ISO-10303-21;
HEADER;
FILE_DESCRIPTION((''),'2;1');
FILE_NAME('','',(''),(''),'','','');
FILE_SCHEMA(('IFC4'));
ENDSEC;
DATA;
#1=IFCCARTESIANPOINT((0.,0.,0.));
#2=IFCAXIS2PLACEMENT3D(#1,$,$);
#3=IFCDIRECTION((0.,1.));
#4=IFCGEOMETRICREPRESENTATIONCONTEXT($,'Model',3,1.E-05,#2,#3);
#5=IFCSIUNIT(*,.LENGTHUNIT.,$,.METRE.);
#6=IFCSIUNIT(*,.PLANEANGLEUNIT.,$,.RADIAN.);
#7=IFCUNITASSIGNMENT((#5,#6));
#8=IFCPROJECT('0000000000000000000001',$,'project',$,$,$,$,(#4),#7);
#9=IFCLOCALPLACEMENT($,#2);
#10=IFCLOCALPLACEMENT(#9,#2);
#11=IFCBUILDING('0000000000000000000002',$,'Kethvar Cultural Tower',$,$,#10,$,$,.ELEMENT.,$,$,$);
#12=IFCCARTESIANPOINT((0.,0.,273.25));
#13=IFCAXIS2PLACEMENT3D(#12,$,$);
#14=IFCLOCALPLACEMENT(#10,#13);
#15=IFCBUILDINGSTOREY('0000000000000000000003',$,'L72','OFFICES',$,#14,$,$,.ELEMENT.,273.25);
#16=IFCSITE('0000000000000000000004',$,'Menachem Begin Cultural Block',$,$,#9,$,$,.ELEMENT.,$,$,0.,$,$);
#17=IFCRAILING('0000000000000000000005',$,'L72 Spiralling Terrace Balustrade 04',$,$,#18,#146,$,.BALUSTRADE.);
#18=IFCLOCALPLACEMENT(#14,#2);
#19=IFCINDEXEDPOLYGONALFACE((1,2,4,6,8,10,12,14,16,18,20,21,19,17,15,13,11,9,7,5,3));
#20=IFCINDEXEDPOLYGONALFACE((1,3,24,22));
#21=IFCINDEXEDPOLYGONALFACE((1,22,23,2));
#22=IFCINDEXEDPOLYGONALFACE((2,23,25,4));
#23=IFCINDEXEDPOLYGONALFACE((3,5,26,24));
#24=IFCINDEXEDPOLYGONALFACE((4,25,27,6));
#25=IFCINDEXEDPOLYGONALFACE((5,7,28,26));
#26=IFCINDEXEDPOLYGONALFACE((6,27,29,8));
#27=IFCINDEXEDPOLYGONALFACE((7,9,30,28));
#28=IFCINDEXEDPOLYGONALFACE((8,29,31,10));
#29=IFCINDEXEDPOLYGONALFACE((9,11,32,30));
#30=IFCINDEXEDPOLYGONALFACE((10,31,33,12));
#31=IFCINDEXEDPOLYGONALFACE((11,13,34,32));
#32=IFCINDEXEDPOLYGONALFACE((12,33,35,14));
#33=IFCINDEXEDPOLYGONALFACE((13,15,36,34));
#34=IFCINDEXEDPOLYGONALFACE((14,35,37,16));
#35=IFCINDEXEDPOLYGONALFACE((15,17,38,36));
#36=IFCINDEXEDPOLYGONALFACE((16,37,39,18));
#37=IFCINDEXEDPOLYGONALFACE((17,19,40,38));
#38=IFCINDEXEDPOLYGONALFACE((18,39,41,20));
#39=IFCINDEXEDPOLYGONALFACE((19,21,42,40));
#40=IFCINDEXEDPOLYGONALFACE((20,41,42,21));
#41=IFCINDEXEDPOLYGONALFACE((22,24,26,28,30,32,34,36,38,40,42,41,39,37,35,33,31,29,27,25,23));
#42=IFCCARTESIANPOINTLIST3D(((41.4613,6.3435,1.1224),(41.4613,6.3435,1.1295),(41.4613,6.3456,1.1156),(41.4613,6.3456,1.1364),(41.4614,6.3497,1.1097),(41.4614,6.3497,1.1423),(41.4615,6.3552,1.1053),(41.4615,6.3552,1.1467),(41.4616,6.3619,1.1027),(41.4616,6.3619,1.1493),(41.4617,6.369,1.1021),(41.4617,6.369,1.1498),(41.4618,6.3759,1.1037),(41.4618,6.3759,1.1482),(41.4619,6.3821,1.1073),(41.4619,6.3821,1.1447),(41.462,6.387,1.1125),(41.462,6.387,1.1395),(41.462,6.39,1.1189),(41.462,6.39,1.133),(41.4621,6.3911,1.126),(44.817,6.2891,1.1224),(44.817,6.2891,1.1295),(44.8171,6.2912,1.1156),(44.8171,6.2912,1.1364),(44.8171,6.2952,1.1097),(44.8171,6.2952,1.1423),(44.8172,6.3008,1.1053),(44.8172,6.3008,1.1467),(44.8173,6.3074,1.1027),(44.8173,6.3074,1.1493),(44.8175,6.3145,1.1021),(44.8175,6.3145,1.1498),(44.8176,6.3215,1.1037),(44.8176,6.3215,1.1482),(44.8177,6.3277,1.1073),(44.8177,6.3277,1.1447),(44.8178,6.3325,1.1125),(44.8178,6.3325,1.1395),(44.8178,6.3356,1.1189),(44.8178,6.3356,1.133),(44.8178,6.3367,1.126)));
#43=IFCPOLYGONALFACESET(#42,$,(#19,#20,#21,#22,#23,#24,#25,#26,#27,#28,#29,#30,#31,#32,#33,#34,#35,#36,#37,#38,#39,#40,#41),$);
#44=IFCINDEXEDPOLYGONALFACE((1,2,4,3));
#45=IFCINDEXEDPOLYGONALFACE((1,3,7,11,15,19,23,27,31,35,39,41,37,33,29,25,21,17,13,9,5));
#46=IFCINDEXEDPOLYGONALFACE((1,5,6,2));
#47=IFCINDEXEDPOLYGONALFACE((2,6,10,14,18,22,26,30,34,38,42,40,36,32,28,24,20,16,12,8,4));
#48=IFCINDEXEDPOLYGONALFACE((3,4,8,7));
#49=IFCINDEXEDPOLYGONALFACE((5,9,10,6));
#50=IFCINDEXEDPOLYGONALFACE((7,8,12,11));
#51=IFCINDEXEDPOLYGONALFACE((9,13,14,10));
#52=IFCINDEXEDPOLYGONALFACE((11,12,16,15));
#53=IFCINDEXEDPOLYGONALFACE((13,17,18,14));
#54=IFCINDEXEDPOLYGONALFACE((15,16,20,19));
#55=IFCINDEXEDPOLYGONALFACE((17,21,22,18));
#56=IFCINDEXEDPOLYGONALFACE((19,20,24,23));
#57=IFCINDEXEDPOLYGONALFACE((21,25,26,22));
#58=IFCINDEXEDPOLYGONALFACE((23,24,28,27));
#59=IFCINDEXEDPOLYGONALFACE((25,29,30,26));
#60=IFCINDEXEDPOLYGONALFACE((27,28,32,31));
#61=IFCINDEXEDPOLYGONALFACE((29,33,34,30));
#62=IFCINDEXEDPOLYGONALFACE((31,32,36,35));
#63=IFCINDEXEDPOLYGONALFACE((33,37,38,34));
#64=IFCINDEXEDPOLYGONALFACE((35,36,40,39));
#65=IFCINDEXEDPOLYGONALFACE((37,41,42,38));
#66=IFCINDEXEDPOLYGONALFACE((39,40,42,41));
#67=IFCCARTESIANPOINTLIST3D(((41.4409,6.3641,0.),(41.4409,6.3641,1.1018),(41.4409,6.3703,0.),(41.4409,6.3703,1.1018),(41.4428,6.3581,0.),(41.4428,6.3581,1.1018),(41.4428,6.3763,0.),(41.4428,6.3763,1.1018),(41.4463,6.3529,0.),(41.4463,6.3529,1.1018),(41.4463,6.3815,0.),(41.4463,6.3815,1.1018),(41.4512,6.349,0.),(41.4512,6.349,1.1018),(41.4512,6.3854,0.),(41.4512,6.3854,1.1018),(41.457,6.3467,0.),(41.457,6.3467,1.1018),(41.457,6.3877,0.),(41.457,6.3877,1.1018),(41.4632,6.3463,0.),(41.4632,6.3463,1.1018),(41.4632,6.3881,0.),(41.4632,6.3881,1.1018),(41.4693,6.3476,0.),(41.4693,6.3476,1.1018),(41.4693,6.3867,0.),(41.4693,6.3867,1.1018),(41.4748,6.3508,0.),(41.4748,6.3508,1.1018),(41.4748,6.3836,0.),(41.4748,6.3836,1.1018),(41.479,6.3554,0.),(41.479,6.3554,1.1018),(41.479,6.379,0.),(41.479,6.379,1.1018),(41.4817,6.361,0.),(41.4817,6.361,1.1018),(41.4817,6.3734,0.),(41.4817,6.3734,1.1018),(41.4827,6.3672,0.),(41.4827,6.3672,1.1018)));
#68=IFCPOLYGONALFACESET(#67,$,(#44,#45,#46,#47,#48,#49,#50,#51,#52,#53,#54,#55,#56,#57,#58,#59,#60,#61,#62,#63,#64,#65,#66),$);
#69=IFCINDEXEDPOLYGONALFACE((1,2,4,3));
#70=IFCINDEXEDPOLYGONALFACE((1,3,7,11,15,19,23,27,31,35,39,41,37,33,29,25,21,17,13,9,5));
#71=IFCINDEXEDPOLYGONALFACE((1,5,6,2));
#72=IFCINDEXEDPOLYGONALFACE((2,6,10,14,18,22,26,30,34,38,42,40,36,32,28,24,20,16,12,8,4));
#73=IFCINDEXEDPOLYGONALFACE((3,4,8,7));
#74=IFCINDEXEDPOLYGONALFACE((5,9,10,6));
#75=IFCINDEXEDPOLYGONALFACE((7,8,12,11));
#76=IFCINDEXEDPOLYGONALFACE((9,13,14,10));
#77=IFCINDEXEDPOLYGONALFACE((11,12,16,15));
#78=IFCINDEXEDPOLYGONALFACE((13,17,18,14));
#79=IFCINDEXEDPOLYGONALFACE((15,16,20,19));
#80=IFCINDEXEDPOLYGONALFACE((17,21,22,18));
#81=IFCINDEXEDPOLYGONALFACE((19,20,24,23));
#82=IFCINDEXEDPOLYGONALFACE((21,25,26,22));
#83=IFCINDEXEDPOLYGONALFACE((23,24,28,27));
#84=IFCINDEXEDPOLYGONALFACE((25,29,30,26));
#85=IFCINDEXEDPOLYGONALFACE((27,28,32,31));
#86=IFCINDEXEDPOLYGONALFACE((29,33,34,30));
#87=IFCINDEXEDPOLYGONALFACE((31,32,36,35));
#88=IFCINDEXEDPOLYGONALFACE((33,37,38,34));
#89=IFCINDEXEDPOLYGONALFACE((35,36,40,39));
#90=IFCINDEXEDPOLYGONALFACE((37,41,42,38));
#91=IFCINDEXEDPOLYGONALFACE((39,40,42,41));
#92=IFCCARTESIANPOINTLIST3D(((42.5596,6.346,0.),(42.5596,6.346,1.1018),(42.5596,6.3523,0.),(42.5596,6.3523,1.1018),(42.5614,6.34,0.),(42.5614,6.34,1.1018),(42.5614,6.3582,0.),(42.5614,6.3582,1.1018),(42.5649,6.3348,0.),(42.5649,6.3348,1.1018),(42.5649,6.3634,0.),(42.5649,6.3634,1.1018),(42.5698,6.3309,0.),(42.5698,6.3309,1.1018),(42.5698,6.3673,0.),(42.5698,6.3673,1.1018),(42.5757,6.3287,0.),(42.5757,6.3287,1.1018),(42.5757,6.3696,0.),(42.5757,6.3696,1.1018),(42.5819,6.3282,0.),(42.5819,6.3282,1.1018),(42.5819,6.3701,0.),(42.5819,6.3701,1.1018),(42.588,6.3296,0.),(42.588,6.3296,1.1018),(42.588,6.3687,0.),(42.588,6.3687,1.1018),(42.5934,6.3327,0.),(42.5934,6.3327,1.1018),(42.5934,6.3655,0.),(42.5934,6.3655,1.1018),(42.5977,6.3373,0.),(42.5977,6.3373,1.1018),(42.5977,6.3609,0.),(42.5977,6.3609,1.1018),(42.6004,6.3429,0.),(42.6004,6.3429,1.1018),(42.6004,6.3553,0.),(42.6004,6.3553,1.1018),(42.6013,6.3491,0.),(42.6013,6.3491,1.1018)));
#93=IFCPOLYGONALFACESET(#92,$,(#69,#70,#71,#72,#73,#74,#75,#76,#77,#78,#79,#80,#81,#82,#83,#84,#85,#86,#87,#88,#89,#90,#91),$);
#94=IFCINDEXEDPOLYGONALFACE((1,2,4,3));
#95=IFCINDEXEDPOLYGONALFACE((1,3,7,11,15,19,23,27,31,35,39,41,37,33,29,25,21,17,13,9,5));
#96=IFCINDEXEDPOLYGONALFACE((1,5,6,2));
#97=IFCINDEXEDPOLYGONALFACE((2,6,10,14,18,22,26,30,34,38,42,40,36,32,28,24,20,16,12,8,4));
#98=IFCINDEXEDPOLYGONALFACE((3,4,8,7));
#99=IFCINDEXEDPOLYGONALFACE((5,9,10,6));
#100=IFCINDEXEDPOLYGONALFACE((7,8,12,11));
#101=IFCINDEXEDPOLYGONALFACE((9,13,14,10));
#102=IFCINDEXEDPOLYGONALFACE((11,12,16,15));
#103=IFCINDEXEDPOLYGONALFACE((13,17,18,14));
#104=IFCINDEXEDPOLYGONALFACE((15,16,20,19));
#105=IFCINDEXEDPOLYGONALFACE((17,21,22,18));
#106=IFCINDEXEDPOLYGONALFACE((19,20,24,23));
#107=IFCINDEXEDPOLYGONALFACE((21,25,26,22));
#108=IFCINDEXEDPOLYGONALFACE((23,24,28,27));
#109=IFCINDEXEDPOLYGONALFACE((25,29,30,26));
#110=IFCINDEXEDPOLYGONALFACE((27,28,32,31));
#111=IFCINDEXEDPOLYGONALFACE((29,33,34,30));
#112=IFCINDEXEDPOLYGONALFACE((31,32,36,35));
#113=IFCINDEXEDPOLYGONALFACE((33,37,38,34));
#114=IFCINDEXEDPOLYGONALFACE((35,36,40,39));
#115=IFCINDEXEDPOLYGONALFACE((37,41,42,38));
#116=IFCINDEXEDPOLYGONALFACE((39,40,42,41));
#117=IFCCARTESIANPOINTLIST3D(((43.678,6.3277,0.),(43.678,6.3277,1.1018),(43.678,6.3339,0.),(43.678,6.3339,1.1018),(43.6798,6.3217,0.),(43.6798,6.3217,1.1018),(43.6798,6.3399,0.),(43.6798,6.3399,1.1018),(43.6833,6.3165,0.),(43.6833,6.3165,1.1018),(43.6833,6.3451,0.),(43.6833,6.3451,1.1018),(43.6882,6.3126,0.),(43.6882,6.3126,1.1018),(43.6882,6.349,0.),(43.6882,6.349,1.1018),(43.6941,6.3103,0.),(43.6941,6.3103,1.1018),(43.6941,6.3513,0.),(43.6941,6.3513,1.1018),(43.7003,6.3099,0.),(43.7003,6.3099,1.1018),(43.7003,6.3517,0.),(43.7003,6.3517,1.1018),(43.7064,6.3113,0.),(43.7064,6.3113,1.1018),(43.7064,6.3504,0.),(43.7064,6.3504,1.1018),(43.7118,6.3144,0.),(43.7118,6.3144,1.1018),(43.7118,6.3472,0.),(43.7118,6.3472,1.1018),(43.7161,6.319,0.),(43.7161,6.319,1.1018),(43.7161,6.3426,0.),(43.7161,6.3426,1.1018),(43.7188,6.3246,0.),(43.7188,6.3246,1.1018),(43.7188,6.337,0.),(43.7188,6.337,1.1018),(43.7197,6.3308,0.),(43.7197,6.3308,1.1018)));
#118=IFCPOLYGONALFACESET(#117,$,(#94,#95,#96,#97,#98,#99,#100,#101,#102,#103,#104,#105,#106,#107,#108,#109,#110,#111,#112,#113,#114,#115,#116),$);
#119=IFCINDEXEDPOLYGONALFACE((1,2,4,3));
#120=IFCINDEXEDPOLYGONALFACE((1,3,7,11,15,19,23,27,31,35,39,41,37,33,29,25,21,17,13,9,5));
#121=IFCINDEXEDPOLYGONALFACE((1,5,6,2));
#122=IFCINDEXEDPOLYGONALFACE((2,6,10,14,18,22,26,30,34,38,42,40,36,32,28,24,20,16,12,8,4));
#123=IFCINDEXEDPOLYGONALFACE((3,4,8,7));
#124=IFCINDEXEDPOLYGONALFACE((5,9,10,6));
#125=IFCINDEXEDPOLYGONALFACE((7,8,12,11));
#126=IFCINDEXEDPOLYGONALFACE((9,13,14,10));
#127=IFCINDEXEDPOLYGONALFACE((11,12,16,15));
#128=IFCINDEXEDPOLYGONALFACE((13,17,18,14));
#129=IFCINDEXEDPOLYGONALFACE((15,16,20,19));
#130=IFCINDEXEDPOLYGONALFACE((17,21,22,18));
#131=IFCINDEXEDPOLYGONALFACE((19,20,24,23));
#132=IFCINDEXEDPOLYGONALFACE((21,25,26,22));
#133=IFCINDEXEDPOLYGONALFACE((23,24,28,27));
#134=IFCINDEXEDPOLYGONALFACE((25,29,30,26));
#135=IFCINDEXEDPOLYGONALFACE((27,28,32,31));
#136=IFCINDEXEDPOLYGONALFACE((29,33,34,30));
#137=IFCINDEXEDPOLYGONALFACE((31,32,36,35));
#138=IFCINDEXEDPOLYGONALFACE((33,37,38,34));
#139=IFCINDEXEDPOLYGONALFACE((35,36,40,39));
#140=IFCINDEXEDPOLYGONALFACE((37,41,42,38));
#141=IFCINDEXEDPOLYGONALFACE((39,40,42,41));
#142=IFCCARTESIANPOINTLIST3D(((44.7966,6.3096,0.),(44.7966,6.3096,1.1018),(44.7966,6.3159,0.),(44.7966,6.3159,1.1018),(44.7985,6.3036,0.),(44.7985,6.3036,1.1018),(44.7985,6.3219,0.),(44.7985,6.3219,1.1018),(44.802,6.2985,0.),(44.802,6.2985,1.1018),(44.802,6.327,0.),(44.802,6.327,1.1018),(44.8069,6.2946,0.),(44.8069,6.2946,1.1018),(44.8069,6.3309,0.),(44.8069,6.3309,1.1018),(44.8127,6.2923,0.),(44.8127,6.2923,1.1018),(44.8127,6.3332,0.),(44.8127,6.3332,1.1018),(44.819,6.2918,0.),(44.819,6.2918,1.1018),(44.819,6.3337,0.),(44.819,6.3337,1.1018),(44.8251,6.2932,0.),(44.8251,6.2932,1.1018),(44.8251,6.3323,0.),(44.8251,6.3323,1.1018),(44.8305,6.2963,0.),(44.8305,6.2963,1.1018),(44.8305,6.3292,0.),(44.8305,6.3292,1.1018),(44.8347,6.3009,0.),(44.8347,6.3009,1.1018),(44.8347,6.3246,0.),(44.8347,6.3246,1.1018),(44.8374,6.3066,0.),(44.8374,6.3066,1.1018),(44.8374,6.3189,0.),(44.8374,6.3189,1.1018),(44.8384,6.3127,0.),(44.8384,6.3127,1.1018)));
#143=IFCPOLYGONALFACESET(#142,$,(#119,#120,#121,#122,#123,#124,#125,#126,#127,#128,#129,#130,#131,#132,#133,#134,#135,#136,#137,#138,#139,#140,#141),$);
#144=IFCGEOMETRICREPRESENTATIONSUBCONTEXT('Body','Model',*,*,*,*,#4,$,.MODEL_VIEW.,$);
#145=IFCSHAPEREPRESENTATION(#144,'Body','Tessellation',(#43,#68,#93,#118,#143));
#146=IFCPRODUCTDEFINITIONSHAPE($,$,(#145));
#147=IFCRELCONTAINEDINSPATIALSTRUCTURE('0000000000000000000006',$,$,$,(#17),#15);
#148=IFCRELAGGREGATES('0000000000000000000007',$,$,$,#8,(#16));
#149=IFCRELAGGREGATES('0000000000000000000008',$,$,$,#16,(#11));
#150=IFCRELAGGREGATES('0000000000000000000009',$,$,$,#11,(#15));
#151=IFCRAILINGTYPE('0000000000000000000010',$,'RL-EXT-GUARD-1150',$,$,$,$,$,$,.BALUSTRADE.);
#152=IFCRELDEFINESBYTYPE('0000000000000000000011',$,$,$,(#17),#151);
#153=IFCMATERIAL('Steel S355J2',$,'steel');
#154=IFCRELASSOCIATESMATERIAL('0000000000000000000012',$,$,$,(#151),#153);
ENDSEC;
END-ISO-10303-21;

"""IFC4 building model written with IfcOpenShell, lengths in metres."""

from ifc_helpers import new_model, si_unit, direction, frame, origin, origin_2d, place, context, subcontext, project, spatial, circle, extrude, material, type_object, element, save


model = new_model("IFC4")

# Units and contexts
model_context = context("Model", 3, precision=1e-05, world=origin(), true_north=direction((0.0, 1.0)))
body_context = subcontext(model_context, "Body", "Model", "MODEL_VIEW")
ifc_project = project(units=[si_unit("LENGTHUNIT", "METRE"), si_unit("PLANEANGLEUNIT", "RADIAN")], contexts=[model_context])

# Site, building, storey
site_placement = place(None, origin())
site = spatial("IfcSite", under=ifc_project, at=site_placement, Name="Menachem Begin Cultural Block", CompositionType="ELEMENT", RefElevation=0.0)
building_placement = place(site_placement, origin())
building = spatial("IfcBuilding", under=site, at=building_placement, Name="Kethvar Cultural Tower", CompositionType="ELEMENT")
storey_placement = place(building_placement, frame((0.0, 0.0, 273.25)))
storey = spatial("IfcBuildingStorey", under=building, at=storey_placement, Name="L72", Description="OFFICES", CompositionType="ELEMENT", Elevation=273.25)

# Shared definitions
ifc_material_1 = material(Name="Steel S355J2", Category="steel")

# Railing
railing_type = type_object("IfcRailingType", Name="RL-EXT-GUARD-1150", PredefinedType="BALUSTRADE", material=ifc_material_1)
railing_1_placement = place(storey_placement, frame((41.4617, 6.3672, 0.0)))
element("IfcRailing", 1, at=railing_1_placement, inside=storey, type_object=railing_type, Name="L72 Spiralling Terrace Balustrade 04", PredefinedType="BALUSTRADE", context=body_context, shape_type="SweptSolid", body=[
    extrude(circle(Radius=0.0239, at=origin_2d()), frame((0.0, 0.0, 1.126), z_axis=(0.999868, -0.016222, 0.0), x_axis=(0.016222, 0.999868, 0.0)), (0.0, 0.0, 1.0), 3.3562),
    extrude(circle(Radius=0.021, at=origin_2d()), origin(), (0.0, 0.0, 1.0), 1.1018),
    extrude(circle(Radius=0.021, at=origin_2d()), frame((1.1187, -0.0181, 0.0)), (0.0, 0.0, 1.0), 1.1018),
    extrude(circle(Radius=0.021, at=origin_2d()), frame((2.2371, -0.0364, 0.0)), (0.0, 0.0, 1.0), 1.1018),
    extrude(circle(Radius=0.021, at=origin_2d()), frame((3.3557, -0.0544, 0.0)), (0.0, 0.0, 1.0), 1.1018),
])

save(model, "model.ifc")
